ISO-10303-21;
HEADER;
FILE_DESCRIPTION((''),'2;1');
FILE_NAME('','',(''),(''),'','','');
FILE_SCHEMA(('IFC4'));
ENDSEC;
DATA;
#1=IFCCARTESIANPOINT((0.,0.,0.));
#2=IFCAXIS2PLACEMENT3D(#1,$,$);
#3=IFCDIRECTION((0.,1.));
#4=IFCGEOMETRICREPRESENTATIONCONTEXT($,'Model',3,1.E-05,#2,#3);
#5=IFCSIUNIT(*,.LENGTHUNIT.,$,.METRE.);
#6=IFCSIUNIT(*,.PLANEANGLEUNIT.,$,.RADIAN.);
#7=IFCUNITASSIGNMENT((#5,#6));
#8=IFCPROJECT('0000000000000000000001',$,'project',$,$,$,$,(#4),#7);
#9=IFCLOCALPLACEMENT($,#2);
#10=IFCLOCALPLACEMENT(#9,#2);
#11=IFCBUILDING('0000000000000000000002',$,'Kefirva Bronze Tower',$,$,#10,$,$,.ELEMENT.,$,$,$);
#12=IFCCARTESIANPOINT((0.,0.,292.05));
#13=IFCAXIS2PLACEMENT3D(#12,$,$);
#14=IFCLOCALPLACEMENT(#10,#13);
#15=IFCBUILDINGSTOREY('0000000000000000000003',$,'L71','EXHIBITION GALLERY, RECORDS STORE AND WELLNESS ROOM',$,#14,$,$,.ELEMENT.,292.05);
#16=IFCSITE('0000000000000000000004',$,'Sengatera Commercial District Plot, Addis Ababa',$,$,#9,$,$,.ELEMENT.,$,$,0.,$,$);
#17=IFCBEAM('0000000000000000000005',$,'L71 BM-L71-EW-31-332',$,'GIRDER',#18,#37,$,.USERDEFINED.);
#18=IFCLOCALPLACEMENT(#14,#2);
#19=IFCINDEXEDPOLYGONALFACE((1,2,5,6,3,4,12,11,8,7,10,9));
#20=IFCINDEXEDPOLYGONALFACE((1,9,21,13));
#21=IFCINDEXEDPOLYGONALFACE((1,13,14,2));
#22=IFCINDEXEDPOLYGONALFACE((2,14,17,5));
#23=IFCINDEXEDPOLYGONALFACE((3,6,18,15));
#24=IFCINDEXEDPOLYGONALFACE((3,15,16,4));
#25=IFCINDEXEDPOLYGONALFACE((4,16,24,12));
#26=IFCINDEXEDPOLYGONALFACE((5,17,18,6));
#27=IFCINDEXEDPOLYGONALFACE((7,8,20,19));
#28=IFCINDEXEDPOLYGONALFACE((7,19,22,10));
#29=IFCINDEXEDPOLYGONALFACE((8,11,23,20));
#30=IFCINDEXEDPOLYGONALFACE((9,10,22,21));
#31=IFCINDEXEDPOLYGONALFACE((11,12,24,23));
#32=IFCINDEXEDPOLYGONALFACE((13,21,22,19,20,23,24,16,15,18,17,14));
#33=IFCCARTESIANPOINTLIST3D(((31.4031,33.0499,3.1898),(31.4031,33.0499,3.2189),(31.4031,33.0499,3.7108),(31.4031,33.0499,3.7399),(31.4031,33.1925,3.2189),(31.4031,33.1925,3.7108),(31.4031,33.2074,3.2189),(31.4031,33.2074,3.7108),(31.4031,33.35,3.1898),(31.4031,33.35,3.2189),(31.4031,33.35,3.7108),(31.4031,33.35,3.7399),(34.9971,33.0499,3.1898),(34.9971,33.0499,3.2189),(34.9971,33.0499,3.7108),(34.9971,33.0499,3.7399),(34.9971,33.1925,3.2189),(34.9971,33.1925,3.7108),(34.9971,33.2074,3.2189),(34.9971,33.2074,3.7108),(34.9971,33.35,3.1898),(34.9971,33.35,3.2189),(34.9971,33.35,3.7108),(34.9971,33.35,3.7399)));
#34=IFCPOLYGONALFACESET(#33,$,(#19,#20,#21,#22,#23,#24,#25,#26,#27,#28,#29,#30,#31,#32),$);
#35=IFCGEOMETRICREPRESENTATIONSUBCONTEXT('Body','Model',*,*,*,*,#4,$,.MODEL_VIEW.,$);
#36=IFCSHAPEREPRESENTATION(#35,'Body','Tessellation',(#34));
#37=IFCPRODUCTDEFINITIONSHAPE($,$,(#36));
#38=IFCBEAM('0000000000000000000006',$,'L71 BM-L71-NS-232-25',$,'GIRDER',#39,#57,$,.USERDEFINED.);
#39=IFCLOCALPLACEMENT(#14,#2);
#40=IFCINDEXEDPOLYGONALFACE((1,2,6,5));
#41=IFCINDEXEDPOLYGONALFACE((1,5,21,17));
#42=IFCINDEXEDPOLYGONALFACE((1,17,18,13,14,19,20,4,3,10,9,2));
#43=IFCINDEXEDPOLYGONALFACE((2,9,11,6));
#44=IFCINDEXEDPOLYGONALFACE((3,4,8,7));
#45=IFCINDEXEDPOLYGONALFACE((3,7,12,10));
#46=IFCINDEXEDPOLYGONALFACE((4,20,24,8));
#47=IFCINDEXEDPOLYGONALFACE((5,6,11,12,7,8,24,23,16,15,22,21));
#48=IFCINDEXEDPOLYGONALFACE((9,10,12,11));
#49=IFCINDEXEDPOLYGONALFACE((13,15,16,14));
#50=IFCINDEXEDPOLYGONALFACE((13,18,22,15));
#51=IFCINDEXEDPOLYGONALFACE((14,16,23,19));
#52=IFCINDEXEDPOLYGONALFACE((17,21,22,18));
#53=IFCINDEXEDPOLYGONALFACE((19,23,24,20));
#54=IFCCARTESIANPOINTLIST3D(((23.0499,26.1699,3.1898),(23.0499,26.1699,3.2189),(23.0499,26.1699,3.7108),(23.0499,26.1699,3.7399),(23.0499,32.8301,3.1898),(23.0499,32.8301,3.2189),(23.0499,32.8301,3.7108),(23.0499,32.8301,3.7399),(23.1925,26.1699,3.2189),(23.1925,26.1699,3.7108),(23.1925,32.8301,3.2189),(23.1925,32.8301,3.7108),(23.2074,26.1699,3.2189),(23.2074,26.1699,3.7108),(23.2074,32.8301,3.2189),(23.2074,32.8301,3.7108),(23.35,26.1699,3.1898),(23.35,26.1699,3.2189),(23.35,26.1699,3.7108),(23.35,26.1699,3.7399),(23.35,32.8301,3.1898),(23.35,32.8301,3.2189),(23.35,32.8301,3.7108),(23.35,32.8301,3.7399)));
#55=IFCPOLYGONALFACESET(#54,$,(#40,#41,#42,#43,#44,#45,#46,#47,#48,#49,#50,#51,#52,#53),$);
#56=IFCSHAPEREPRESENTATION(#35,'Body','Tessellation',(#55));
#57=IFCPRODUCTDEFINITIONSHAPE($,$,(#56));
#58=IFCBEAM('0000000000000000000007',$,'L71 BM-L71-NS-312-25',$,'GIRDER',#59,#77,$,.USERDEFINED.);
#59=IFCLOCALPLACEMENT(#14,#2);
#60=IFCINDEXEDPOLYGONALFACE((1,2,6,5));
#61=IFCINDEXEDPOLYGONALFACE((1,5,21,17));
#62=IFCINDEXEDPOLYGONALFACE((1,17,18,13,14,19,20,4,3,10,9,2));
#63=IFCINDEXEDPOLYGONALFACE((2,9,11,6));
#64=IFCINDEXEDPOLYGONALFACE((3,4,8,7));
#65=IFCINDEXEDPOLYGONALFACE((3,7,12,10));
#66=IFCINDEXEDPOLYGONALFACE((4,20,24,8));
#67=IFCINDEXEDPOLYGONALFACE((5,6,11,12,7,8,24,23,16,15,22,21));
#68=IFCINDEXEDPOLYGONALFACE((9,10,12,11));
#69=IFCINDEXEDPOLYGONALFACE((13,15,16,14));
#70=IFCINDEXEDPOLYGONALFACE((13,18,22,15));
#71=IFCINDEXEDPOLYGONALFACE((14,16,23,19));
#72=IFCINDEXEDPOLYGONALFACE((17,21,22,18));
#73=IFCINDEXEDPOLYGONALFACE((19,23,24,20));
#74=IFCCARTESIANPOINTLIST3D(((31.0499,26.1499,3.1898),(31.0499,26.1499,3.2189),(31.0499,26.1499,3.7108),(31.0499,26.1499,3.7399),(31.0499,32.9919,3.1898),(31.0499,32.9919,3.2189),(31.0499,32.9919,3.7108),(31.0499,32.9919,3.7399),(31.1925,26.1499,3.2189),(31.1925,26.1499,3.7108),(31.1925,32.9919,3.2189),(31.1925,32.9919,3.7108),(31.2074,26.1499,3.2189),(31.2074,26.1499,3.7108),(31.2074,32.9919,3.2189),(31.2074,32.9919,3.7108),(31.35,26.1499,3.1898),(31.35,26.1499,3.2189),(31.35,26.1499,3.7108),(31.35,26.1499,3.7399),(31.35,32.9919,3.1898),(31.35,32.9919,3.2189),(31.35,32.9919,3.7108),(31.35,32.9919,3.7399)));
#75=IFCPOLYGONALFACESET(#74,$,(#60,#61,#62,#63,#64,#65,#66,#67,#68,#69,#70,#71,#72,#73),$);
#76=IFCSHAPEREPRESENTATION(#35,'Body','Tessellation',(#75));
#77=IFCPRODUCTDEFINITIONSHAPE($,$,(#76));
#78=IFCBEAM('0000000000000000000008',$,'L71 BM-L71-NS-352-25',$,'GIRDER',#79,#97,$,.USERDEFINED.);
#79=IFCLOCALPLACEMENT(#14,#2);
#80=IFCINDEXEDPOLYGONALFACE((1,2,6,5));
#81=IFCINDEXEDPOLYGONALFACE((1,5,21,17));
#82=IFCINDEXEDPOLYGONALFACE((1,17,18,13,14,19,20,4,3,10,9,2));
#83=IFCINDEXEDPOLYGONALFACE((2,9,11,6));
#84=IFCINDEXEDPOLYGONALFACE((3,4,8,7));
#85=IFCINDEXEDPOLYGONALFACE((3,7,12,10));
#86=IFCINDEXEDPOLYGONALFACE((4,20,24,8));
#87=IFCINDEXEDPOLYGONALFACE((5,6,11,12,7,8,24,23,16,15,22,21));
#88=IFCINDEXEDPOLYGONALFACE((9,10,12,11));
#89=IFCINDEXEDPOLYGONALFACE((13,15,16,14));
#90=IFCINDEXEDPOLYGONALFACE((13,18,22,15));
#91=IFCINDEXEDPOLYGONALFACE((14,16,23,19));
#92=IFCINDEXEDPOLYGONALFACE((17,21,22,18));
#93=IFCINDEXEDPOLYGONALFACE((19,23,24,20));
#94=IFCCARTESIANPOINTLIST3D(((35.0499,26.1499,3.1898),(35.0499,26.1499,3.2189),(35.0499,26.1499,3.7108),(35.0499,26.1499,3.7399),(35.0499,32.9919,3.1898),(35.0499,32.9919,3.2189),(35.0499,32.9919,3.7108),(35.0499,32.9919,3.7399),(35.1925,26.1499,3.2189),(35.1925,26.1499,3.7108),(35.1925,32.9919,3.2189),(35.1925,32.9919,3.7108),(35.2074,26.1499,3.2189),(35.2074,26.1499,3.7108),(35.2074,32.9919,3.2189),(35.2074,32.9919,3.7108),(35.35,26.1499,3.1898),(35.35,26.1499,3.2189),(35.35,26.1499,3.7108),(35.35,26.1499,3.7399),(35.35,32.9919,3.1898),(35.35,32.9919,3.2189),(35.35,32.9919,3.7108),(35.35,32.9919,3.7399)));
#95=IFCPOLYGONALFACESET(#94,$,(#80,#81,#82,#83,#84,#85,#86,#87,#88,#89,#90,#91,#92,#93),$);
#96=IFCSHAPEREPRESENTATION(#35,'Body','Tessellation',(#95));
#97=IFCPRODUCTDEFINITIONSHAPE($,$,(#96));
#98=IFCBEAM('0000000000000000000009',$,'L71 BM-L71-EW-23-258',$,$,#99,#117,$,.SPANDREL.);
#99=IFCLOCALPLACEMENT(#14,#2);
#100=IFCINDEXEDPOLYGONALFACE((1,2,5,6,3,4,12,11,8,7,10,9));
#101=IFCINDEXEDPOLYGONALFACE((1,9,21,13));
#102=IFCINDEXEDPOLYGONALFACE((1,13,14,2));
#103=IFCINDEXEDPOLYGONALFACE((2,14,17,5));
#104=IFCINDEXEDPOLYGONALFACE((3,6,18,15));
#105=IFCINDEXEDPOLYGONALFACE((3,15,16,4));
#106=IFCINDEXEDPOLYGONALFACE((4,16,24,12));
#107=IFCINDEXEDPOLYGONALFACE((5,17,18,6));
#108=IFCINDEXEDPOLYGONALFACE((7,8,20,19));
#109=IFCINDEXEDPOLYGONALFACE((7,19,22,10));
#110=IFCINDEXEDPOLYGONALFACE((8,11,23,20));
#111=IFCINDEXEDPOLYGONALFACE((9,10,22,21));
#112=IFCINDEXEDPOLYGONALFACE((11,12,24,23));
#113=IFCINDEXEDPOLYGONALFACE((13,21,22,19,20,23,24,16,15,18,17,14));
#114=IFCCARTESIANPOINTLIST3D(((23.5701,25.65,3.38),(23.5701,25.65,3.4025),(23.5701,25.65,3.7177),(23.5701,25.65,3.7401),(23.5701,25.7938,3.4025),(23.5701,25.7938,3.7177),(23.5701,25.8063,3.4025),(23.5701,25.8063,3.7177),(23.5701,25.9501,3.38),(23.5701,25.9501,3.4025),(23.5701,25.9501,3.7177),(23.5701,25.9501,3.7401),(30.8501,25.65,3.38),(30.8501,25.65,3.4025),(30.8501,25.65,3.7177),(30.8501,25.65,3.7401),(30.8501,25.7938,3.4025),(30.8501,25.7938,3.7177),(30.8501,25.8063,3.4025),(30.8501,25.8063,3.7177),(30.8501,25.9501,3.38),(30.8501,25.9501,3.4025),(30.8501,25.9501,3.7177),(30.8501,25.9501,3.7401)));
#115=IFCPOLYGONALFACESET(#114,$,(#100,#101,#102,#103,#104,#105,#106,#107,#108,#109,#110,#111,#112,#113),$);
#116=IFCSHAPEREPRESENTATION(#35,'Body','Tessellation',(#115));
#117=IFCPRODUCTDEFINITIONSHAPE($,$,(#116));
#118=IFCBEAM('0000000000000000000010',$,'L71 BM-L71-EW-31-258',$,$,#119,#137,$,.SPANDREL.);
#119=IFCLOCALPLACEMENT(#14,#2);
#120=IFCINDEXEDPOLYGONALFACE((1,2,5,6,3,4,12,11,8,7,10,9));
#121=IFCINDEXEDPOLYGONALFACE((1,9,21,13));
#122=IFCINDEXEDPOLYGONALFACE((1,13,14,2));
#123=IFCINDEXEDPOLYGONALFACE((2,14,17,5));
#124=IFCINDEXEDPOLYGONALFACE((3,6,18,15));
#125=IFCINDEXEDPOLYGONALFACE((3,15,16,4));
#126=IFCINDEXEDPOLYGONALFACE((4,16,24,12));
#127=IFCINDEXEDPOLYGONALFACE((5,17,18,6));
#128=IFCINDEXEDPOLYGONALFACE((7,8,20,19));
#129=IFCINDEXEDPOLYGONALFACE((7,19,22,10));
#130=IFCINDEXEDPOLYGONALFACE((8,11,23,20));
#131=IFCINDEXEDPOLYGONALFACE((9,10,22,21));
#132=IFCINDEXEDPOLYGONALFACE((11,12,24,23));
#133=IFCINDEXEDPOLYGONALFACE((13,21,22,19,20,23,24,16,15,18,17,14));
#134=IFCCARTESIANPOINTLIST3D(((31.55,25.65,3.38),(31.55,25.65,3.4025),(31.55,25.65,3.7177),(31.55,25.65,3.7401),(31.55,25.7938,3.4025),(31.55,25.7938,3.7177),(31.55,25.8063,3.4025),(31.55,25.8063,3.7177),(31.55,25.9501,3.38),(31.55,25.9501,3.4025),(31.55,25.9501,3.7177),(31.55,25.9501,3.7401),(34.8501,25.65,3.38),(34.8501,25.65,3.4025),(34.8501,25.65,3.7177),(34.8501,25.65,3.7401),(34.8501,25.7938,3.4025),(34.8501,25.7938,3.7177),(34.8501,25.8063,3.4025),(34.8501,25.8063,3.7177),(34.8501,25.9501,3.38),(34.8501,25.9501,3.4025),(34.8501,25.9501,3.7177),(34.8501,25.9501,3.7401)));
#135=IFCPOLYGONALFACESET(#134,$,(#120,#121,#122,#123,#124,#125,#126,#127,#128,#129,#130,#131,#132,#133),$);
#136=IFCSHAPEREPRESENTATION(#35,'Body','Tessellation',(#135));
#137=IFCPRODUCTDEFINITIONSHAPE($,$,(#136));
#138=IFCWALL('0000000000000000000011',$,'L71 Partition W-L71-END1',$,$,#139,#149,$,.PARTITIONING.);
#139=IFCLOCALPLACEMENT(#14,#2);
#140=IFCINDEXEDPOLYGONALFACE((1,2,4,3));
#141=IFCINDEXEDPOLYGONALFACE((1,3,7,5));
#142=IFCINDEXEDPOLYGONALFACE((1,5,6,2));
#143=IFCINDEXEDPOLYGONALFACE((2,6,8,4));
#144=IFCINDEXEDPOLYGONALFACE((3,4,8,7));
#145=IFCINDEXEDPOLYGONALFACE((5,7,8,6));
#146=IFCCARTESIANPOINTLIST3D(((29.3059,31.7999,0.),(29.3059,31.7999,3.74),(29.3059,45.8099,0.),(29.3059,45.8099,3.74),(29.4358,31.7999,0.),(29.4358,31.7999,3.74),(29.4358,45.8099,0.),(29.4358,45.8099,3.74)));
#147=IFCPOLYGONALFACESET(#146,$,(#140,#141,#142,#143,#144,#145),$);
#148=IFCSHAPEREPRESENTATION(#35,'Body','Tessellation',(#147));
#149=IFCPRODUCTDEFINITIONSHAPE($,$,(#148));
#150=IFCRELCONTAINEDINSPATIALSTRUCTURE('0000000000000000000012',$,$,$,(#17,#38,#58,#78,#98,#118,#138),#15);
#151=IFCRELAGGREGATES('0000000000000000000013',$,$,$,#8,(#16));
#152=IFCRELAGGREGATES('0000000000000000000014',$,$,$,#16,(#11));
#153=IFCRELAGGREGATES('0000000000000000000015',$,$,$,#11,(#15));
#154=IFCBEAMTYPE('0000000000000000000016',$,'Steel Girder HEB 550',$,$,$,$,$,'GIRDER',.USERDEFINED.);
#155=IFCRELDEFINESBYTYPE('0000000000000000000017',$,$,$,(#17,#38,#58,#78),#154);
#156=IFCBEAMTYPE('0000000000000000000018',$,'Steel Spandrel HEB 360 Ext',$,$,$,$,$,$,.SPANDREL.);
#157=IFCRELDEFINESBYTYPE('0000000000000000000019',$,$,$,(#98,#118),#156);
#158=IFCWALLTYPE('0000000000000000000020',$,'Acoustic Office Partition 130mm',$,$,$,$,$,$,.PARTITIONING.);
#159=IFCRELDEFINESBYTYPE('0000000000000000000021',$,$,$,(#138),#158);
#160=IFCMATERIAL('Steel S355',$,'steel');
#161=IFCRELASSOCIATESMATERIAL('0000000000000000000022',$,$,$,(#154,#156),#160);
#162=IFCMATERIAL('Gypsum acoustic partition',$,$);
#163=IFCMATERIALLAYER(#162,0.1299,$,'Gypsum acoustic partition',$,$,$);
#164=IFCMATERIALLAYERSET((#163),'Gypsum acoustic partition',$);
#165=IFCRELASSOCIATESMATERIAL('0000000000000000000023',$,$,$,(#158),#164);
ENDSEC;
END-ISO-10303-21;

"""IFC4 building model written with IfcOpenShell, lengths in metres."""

from ifc_helpers import new_model, si_unit, direction, frame, frame_2d, origin, origin_2d, place, context, subcontext, project, spatial, rectangle, i_section, extrude, material, layer, layer_set, material_profile, profile_set, type_object, element, save


model = new_model("IFC4")

# Units and contexts
model_context = context("Model", 3, precision=1e-05, world=origin(), true_north=direction((0.0, 1.0)))
body_context = subcontext(model_context, "Body", "Model", "MODEL_VIEW")
ifc_project = project(units=[si_unit("LENGTHUNIT", "METRE"), si_unit("PLANEANGLEUNIT", "RADIAN")], contexts=[model_context])

# Site, building, storey
site_placement = place(None, origin())
site = spatial("IfcSite", under=ifc_project, at=site_placement, Name="Sengatera Commercial District Plot, Addis Ababa", CompositionType="ELEMENT", RefElevation=0.0)
building_placement = place(site_placement, origin())
building = spatial("IfcBuilding", under=site, at=building_placement, Name="Kefirva Bronze Tower", CompositionType="ELEMENT")
storey_placement = place(building_placement, frame((0.0, 0.0, 292.05)))
storey = spatial("IfcBuildingStorey", under=building, at=storey_placement, Name="L71", Description="EXHIBITION GALLERY, RECORDS STORE AND WELLNESS ROOM", CompositionType="ELEMENT", Elevation=292.05)

# Beams
ifc_material_1 = material(Name="Steel S355", Category="steel")
ifc_material_profile_1 = material_profile(ifc_material_1, i_section(OverallWidth=0.3, OverallDepth=0.55, WebThickness=0.0149, FlangeThickness=0.0291, at=origin_2d()), Name="HEB 550")
ifc_profile_set_1 = profile_set([ifc_material_profile_1], Name="Steel S355")
beam_type_1 = type_object("IfcBeamType", Name="Steel Girder HEB 550", ElementType="GIRDER", PredefinedType="USERDEFINED", material=ifc_profile_set_1)
beam_1_placement = place(storey_placement, frame((31.4031, 33.2, 3.4648), z_axis=(1.0, 0.0, 0.0), x_axis=(0.0, 1.0, 0.0)))
element("IfcBeam", 1, at=beam_1_placement, inside=storey, type_object=beam_type_1, Name="L71 BM-L71-EW-31-332", ObjectType="GIRDER", PredefinedType="USERDEFINED", context=body_context, shape_type="SweptSolid", body=[
    extrude(i_section(OverallWidth=0.3, OverallDepth=0.55, WebThickness=0.0149, FlangeThickness=0.0291, at=origin_2d()), origin(), (0.0, 0.0, 1.0), 3.594),
])
beam_2_placement = place(storey_placement, frame((23.2, 26.1699, 3.4648), z_axis=(0.0, 1.0, 0.0), x_axis=(-1.0, 0.0, 0.0)))
element("IfcBeam", 2, at=beam_2_placement, inside=storey, type_object=beam_type_1, Name="L71 BM-L71-NS-232-25", ObjectType="GIRDER", PredefinedType="USERDEFINED", context=body_context, shape_type="SweptSolid", body=[
    extrude(i_section(OverallWidth=0.3, OverallDepth=0.55, WebThickness=0.0149, FlangeThickness=0.0291, at=origin_2d()), origin(), (0.0, 0.0, 1.0), 6.6602),
])
for number, where, z_axis, x_axis, name in (
    (3, (31.2, 26.1499, 3.4648), (0.0, 1.0, 0.0), (-1.0, 0.0, 0.0), "L71 BM-L71-NS-312-25"),
    (4, (35.2, 26.1499, 3.4648), (0.0, 1.0, 0.0), (-1.0, 0.0, 0.0), "L71 BM-L71-NS-352-25"),
):
    element("IfcBeam", number, at=place(storey_placement, frame(where, z_axis=z_axis, x_axis=x_axis)), inside=storey, type_object=beam_type_1, Name=name, ObjectType="GIRDER", PredefinedType="USERDEFINED", context=body_context, shape_type="SweptSolid", body=[
        extrude(i_section(OverallWidth=0.3, OverallDepth=0.55, WebThickness=0.0149, FlangeThickness=0.0291, at=origin_2d()), origin(), (0.0, 0.0, 1.0), 6.842),
    ])
ifc_material_profile_2 = material_profile(ifc_material_1, i_section(OverallWidth=0.3, OverallDepth=0.3601, WebThickness=0.0125, FlangeThickness=0.0225, at=origin_2d()), Name="HEB 360")
ifc_profile_set_2 = profile_set([ifc_material_profile_2], Name="Steel S355")
beam_type_2 = type_object("IfcBeamType", Name="Steel Spandrel HEB 360 Ext", PredefinedType="SPANDREL", material=ifc_profile_set_2)
beam_3_placement = place(storey_placement, frame((23.5701, 25.8, 3.5601), z_axis=(1.0, 0.0, 0.0), x_axis=(0.0, 1.0, 0.0)))
element("IfcBeam", 5, at=beam_3_placement, inside=storey, type_object=beam_type_2, Name="L71 BM-L71-EW-23-258", PredefinedType="SPANDREL", context=body_context, shape_type="SweptSolid", body=[
    extrude(i_section(OverallWidth=0.3, OverallDepth=0.3601, WebThickness=0.0125, FlangeThickness=0.0225, at=origin_2d()), origin(), (0.0, 0.0, 1.0), 7.28),
])
beam_4_placement = place(storey_placement, frame((31.55, 25.8, 3.5601), z_axis=(1.0, 0.0, 0.0), x_axis=(0.0, 1.0, 0.0)))
element("IfcBeam", 6, at=beam_4_placement, inside=storey, type_object=beam_type_2, Name="L71 BM-L71-EW-31-258", PredefinedType="SPANDREL", context=body_context, shape_type="SweptSolid", body=[
    extrude(i_section(OverallWidth=0.3, OverallDepth=0.3601, WebThickness=0.0125, FlangeThickness=0.0225, at=origin_2d()), origin(), (0.0, 0.0, 1.0), 3.3),
])

# Wall
ifc_material_2 = material(Name="Gypsum acoustic partition")
ifc_layer_1 = layer(ifc_material_2, 0.1299, Name="Gypsum acoustic partition")
ifc_layer_set_1 = layer_set([ifc_layer_1], Name="Gypsum acoustic partition")
wall_type_1 = type_object("IfcWallType", Name="Acoustic Office Partition 130mm", PredefinedType="PARTITIONING", material=ifc_layer_set_1)
wall_1_placement = place(storey_placement, frame((29.3708, 31.8, 0.0), z_axis=(0.0, 0.0, 1.0), x_axis=(0.0, 1.0, 0.0)))
element("IfcWall", 7, at=wall_1_placement, inside=storey, type_object=wall_type_1, Name="L71 Partition W-L71-END1", PredefinedType="PARTITIONING", context=body_context, shape_type="SweptSolid", body=[
    extrude(rectangle(XDim=14.01, YDim=0.1299, at=frame_2d((7.0049, 0.0))), origin(), (0.0, 0.0, 1.0), 3.74),
])

save(model, "model.ifc")
